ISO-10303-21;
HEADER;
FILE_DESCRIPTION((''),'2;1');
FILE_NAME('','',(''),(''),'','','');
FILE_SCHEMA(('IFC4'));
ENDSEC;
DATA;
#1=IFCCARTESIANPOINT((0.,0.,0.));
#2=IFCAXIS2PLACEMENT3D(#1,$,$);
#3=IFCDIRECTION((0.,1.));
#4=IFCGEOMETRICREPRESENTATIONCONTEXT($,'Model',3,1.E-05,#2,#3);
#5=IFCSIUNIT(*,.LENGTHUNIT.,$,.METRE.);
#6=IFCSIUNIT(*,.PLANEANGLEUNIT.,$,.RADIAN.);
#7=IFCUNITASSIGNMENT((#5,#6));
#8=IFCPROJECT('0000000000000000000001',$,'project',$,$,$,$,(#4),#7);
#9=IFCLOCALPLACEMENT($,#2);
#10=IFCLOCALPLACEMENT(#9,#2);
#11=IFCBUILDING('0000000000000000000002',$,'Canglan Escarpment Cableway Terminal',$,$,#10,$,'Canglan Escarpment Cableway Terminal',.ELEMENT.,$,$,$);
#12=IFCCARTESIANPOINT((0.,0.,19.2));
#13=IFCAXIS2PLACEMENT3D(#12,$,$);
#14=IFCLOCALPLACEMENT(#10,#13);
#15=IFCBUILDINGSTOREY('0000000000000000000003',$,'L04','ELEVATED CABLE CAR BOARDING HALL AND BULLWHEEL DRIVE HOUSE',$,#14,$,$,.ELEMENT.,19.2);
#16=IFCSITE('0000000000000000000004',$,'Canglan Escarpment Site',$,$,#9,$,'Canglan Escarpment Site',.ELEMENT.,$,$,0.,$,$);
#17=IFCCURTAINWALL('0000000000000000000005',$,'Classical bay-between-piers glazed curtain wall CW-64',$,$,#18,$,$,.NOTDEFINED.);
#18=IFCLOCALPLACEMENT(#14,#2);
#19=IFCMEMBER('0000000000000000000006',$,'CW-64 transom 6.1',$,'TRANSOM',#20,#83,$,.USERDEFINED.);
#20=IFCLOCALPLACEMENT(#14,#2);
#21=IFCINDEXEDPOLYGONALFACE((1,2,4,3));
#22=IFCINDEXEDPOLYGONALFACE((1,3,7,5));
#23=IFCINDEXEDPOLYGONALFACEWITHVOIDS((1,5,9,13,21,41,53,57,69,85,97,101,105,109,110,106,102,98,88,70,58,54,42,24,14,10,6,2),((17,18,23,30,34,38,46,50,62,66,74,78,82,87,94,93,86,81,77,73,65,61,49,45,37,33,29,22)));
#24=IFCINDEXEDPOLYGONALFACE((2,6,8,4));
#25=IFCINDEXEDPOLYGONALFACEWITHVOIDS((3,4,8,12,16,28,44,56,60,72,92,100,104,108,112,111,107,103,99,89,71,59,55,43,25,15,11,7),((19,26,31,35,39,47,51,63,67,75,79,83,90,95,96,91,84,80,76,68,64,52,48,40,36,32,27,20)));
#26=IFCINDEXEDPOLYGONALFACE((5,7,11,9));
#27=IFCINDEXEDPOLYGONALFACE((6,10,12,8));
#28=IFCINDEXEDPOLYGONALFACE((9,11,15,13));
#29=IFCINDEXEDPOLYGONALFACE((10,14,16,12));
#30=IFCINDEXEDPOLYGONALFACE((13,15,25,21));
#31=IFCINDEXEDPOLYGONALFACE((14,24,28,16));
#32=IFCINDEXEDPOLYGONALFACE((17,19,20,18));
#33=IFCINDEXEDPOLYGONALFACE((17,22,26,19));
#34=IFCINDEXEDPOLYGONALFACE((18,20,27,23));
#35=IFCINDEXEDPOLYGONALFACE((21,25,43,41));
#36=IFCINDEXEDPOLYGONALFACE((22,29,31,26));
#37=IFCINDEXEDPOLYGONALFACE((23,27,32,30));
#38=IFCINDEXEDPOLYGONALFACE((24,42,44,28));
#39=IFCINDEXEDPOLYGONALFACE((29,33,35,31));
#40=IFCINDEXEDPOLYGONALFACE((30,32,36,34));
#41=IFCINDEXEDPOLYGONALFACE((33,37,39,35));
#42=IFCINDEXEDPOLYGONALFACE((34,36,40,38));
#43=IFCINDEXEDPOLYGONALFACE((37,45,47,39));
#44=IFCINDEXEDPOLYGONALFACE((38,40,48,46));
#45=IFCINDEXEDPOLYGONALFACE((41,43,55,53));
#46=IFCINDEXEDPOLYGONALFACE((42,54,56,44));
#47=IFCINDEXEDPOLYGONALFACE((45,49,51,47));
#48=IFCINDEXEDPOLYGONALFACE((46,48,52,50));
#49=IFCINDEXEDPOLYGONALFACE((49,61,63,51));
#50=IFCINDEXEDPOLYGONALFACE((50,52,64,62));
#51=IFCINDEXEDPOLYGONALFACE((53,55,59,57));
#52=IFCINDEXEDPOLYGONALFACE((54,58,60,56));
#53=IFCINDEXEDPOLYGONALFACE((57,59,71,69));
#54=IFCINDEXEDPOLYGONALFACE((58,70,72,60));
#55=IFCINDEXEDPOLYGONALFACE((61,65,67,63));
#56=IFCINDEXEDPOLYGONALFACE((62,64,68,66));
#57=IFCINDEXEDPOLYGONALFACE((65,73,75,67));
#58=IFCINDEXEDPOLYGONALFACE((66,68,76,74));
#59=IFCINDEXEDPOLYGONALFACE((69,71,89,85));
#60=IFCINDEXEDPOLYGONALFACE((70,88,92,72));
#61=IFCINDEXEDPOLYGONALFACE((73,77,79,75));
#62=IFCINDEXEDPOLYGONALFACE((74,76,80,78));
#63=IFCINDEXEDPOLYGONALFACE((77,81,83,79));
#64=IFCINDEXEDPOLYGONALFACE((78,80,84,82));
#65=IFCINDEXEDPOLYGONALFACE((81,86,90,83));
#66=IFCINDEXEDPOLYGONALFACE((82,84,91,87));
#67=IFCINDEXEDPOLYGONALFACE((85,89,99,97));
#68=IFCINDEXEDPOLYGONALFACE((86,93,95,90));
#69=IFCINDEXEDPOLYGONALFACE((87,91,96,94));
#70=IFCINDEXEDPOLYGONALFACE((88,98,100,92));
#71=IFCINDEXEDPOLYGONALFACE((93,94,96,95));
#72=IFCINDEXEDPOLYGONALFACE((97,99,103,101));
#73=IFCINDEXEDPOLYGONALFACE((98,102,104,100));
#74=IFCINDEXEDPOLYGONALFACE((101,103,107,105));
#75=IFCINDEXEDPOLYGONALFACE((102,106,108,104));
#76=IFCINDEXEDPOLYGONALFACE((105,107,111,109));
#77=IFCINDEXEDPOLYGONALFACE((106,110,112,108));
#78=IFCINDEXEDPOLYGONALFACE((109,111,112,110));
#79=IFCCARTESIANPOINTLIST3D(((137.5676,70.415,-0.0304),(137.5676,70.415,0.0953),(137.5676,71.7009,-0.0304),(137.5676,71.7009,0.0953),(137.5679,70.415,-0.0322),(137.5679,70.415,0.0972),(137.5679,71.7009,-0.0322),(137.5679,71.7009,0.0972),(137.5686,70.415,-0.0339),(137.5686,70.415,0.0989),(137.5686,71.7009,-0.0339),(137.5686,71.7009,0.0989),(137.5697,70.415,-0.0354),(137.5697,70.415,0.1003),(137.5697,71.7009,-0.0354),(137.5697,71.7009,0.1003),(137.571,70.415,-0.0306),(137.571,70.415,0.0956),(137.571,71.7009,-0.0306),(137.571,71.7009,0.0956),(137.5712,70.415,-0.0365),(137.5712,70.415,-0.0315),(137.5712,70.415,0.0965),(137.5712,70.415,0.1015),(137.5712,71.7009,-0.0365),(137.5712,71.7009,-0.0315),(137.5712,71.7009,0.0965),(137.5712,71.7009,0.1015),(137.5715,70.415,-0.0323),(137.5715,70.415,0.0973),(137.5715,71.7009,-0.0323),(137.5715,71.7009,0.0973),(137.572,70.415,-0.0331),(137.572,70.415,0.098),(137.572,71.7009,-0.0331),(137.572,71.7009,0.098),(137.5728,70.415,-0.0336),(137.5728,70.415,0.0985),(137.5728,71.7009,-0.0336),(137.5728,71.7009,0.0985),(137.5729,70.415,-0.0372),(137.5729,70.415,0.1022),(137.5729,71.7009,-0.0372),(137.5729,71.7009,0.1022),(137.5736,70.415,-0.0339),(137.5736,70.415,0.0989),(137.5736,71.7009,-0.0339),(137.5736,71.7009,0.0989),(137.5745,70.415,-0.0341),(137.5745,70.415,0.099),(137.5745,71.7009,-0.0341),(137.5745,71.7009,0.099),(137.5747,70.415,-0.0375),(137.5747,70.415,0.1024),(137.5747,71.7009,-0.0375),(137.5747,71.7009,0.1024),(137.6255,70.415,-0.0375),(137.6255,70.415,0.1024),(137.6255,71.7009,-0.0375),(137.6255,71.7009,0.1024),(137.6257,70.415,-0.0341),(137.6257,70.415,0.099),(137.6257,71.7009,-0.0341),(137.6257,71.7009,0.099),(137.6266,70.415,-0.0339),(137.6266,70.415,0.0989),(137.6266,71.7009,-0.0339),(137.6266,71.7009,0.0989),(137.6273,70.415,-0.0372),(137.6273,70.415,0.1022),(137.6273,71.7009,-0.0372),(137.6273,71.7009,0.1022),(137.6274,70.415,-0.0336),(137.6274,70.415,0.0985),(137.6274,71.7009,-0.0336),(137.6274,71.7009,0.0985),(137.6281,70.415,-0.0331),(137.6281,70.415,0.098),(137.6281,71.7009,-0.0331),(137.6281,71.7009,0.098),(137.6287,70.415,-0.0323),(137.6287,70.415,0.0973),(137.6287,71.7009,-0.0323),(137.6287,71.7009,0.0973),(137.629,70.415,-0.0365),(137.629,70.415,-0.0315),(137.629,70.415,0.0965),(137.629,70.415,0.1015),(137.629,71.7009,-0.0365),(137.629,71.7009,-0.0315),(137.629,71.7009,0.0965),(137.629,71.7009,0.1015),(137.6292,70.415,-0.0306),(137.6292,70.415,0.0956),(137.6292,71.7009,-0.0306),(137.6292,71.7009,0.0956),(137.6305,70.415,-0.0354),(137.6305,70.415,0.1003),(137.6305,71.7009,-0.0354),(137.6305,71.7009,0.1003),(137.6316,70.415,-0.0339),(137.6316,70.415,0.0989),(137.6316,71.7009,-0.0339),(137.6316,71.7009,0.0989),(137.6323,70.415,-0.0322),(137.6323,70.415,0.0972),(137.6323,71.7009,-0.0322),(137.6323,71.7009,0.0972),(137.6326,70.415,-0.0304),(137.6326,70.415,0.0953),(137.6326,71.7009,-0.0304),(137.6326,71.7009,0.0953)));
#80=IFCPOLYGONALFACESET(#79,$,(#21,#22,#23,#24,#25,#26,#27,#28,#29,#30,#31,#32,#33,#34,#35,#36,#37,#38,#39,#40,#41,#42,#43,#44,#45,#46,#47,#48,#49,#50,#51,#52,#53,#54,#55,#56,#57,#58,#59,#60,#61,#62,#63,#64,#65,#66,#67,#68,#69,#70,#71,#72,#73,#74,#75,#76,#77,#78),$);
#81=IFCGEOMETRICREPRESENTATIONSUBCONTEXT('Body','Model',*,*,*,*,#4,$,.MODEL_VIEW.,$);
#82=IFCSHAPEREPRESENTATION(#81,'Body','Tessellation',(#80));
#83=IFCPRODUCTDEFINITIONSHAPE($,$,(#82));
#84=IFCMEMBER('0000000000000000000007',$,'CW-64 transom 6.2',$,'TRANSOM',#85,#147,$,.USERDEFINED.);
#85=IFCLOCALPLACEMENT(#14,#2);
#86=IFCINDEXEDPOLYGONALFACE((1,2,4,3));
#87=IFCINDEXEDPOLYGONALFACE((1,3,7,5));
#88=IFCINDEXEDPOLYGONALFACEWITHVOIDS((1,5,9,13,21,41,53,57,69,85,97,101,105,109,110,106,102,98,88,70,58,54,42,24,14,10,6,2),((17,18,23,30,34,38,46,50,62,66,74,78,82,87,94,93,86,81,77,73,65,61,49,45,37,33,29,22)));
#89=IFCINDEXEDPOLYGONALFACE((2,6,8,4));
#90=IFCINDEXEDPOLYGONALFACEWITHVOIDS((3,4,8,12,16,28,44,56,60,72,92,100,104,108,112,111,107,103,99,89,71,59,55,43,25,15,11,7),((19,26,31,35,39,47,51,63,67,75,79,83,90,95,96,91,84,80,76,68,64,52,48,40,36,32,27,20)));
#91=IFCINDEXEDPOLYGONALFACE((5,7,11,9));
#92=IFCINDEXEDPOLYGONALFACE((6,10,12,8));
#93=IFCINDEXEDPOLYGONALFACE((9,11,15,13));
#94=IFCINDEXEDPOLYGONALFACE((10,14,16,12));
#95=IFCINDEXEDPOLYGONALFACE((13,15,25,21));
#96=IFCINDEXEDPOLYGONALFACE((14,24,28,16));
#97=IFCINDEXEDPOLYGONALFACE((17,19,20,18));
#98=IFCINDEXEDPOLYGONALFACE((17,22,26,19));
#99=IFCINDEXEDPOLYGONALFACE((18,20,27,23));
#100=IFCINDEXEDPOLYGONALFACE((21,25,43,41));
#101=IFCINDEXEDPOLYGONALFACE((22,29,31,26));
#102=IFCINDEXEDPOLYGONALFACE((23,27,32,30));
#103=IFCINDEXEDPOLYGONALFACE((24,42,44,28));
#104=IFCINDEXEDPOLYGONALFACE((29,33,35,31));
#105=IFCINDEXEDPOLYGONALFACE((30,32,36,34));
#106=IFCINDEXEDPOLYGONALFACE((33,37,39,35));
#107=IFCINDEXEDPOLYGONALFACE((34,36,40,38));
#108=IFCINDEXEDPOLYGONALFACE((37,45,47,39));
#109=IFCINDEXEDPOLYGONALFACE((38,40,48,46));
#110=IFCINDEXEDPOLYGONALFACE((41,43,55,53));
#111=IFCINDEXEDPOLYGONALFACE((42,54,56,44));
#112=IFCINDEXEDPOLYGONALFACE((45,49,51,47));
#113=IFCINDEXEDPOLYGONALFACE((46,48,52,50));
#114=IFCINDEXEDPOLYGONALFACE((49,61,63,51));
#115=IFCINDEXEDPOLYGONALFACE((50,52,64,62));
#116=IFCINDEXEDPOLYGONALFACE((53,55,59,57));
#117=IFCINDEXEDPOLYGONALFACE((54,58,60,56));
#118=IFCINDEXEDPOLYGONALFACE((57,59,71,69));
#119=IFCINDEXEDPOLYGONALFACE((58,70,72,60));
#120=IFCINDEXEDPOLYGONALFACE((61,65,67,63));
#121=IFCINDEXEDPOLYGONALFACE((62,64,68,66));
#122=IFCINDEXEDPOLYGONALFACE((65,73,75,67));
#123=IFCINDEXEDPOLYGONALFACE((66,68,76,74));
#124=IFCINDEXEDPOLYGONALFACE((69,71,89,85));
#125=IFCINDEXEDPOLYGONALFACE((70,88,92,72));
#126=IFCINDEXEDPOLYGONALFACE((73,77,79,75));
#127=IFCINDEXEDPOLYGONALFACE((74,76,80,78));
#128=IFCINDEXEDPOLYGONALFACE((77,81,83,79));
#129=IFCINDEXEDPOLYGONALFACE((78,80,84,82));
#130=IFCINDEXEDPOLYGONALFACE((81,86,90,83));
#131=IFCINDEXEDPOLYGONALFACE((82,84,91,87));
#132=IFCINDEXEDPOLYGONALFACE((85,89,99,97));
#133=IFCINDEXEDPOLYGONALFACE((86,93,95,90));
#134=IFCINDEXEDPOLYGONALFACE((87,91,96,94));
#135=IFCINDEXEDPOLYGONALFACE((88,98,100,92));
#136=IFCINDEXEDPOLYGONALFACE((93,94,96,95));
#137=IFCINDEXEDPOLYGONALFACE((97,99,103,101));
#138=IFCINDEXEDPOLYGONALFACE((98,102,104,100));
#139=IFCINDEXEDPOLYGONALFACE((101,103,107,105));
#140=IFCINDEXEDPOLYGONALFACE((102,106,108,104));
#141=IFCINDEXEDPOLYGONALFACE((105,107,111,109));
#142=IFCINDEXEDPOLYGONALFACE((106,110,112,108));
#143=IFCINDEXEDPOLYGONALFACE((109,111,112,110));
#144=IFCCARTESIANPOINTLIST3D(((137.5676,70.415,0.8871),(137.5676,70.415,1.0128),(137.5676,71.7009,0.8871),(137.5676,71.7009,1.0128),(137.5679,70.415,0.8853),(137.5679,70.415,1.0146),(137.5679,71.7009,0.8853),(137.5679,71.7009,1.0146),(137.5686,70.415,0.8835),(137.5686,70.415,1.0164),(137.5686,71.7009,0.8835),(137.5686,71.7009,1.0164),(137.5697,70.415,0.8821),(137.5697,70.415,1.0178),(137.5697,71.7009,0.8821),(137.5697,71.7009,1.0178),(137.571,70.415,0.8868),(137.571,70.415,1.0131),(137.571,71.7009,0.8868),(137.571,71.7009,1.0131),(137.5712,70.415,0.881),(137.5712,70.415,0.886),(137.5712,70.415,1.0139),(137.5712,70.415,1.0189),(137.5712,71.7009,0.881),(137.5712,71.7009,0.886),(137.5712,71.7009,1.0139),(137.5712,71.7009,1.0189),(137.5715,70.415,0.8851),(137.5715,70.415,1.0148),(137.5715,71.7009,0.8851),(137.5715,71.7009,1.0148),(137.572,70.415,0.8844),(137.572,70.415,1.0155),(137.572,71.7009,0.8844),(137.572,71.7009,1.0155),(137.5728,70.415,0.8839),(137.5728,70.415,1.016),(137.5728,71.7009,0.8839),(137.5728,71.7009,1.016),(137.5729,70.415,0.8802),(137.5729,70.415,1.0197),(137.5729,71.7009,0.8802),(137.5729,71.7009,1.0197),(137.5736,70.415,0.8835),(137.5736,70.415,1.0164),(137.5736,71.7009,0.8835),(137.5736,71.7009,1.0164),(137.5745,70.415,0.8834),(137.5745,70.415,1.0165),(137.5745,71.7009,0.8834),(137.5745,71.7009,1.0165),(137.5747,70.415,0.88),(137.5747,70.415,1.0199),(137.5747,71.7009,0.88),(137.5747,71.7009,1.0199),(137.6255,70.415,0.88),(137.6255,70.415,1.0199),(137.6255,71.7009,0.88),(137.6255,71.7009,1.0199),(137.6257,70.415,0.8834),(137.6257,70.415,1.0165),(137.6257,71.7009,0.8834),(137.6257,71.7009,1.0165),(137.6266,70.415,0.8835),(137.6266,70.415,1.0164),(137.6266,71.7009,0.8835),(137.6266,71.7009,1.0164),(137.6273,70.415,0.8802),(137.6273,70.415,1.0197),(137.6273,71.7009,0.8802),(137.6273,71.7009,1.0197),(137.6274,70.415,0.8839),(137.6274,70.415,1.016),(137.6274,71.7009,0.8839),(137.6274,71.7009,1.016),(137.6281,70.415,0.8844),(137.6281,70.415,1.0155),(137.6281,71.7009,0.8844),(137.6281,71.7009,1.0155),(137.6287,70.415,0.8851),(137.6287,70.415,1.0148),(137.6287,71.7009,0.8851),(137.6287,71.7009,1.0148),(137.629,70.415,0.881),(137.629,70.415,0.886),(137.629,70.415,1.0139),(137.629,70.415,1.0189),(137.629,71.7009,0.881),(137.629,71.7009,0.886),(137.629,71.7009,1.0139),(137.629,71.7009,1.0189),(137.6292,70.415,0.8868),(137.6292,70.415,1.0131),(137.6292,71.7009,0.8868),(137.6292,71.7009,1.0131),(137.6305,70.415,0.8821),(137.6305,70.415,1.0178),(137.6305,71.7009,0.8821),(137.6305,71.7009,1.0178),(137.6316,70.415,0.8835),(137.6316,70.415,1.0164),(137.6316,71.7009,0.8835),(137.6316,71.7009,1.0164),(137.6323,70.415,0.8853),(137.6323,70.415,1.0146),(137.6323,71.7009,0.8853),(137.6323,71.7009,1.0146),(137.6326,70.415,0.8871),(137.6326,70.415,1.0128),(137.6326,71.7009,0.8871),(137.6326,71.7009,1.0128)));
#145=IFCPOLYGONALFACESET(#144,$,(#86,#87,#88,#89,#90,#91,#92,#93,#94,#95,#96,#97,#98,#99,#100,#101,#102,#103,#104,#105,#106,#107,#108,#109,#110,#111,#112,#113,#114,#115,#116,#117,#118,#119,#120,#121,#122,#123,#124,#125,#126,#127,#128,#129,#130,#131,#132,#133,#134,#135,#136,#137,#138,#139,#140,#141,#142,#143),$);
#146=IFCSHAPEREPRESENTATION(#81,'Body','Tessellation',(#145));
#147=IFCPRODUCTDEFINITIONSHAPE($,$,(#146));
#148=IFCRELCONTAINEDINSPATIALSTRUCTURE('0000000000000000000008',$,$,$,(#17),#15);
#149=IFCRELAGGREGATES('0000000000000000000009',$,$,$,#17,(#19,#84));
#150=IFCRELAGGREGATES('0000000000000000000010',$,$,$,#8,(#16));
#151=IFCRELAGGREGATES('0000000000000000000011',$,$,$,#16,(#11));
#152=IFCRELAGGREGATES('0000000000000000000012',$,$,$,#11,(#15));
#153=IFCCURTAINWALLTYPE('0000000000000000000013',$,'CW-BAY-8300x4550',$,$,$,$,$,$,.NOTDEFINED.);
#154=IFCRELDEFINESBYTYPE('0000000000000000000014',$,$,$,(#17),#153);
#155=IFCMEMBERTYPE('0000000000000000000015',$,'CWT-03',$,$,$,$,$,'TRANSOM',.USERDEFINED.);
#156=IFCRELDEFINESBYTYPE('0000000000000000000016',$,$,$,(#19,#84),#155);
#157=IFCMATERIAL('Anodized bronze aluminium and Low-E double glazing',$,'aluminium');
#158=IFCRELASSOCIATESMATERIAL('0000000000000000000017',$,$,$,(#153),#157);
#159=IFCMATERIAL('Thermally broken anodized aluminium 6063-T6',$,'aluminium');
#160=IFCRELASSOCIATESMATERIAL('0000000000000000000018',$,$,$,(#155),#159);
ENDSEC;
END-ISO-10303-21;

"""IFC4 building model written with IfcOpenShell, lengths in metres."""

from ifc_helpers import new_model, si_unit, direction, frame, origin, origin_2d, place, context, subcontext, project, spatial, hollow_rectangle, extrude, material, material_profile, profile_set, type_object, element, aggregate, save


model = new_model("IFC4")

# Units and contexts
model_context = context("Model", 3, precision=1e-05, world=origin(), true_north=direction((0.0, 1.0)))
body_context = subcontext(model_context, "Body", "Model", "MODEL_VIEW")
ifc_project = project(units=[si_unit("LENGTHUNIT", "METRE"), si_unit("PLANEANGLEUNIT", "RADIAN")], contexts=[model_context])

# Site, building, storey
site_placement = place(None, origin())
site = spatial("IfcSite", under=ifc_project, at=site_placement, Name="Canglan Escarpment Site", LongName="Canglan Escarpment Site", CompositionType="ELEMENT", RefElevation=0.0)
building_placement = place(site_placement, origin())
building = spatial("IfcBuilding", under=site, at=building_placement, Name="Canglan Escarpment Cableway Terminal", LongName="Canglan Escarpment Cableway Terminal", CompositionType="ELEMENT")
storey_placement = place(building_placement, frame((0.0, 0.0, 19.2)))
storey = spatial("IfcBuildingStorey", under=building, at=storey_placement, Name="L04", Description="ELEVATED CABLE CAR BOARDING HALL AND BULLWHEEL DRIVE HOUSE", CompositionType="ELEMENT", Elevation=19.2)

# Curtain wall, members
ifc_material_1 = material(Name="Anodized bronze aluminium and Low-E double glazing", Category="aluminium")
curtain_wall_type = type_object("IfcCurtainWallType", Name="CW-BAY-8300x4550", PredefinedType="NOTDEFINED", material=ifc_material_1)
curtain_wall_placement = place(storey_placement, origin())
curtain_wall = element("IfcCurtainWall", 1, at=curtain_wall_placement, inside=storey, type_object=curtain_wall_type, Name="Classical bay-between-piers glazed curtain wall CW-64", PredefinedType="NOTDEFINED")
ifc_material_2 = material(Name="Thermally broken anodized aluminium 6063-T6", Category="aluminium")
ifc_material_profile_1 = material_profile(ifc_material_2, hollow_rectangle(XDim=0.0649, YDim=0.1399, WallThickness=0.0034, InnerFilletRadius=0.0034, OuterFilletRadius=0.0071, at=origin_2d()), Name="ALU-TRAN 65x140x3.5")
ifc_profile_set_1 = profile_set([ifc_material_profile_1], Name="Thermally broken anodized aluminium 6063-T6")
member_type_1 = type_object("IfcMemberType", Name="CWT-03", ElementType="TRANSOM", PredefinedType="USERDEFINED", material=ifc_profile_set_1)
member_1_placement = place(storey_placement, frame((137.6001, 71.7009, 0.0325), z_axis=(0.0, -1.0, 0.0), x_axis=(1.0, 0.0, 0.0)))
member_1 = element("IfcMember", 2, at=member_1_placement, type_object=member_type_1, Name="CW-64 transom 6.1", ObjectType="TRANSOM", PredefinedType="USERDEFINED", context=body_context, shape_type="SweptSolid", body=[
    extrude(hollow_rectangle(XDim=0.0649, YDim=0.1399, WallThickness=0.0034, InnerFilletRadius=0.0034, OuterFilletRadius=0.0071, at=origin_2d()), origin(), (0.0, 0.0, 1.0), 1.2859),
])
member_2_placement = place(storey_placement, frame((137.6001, 71.7009, 0.95), z_axis=(0.0, -1.0, 0.0), x_axis=(1.0, 0.0, 0.0)))
member_2 = element("IfcMember", 3, at=member_2_placement, type_object=member_type_1, Name="CW-64 transom 6.2", ObjectType="TRANSOM", PredefinedType="USERDEFINED", context=body_context, shape_type="SweptSolid", body=[
    extrude(hollow_rectangle(XDim=0.0649, YDim=0.1399, WallThickness=0.0034, InnerFilletRadius=0.0034, OuterFilletRadius=0.0071, at=origin_2d()), origin(), (0.0, 0.0, 1.0), 1.2859),
])
aggregate(curtain_wall, [member_1, member_2])

save(model, "model.ifc")
